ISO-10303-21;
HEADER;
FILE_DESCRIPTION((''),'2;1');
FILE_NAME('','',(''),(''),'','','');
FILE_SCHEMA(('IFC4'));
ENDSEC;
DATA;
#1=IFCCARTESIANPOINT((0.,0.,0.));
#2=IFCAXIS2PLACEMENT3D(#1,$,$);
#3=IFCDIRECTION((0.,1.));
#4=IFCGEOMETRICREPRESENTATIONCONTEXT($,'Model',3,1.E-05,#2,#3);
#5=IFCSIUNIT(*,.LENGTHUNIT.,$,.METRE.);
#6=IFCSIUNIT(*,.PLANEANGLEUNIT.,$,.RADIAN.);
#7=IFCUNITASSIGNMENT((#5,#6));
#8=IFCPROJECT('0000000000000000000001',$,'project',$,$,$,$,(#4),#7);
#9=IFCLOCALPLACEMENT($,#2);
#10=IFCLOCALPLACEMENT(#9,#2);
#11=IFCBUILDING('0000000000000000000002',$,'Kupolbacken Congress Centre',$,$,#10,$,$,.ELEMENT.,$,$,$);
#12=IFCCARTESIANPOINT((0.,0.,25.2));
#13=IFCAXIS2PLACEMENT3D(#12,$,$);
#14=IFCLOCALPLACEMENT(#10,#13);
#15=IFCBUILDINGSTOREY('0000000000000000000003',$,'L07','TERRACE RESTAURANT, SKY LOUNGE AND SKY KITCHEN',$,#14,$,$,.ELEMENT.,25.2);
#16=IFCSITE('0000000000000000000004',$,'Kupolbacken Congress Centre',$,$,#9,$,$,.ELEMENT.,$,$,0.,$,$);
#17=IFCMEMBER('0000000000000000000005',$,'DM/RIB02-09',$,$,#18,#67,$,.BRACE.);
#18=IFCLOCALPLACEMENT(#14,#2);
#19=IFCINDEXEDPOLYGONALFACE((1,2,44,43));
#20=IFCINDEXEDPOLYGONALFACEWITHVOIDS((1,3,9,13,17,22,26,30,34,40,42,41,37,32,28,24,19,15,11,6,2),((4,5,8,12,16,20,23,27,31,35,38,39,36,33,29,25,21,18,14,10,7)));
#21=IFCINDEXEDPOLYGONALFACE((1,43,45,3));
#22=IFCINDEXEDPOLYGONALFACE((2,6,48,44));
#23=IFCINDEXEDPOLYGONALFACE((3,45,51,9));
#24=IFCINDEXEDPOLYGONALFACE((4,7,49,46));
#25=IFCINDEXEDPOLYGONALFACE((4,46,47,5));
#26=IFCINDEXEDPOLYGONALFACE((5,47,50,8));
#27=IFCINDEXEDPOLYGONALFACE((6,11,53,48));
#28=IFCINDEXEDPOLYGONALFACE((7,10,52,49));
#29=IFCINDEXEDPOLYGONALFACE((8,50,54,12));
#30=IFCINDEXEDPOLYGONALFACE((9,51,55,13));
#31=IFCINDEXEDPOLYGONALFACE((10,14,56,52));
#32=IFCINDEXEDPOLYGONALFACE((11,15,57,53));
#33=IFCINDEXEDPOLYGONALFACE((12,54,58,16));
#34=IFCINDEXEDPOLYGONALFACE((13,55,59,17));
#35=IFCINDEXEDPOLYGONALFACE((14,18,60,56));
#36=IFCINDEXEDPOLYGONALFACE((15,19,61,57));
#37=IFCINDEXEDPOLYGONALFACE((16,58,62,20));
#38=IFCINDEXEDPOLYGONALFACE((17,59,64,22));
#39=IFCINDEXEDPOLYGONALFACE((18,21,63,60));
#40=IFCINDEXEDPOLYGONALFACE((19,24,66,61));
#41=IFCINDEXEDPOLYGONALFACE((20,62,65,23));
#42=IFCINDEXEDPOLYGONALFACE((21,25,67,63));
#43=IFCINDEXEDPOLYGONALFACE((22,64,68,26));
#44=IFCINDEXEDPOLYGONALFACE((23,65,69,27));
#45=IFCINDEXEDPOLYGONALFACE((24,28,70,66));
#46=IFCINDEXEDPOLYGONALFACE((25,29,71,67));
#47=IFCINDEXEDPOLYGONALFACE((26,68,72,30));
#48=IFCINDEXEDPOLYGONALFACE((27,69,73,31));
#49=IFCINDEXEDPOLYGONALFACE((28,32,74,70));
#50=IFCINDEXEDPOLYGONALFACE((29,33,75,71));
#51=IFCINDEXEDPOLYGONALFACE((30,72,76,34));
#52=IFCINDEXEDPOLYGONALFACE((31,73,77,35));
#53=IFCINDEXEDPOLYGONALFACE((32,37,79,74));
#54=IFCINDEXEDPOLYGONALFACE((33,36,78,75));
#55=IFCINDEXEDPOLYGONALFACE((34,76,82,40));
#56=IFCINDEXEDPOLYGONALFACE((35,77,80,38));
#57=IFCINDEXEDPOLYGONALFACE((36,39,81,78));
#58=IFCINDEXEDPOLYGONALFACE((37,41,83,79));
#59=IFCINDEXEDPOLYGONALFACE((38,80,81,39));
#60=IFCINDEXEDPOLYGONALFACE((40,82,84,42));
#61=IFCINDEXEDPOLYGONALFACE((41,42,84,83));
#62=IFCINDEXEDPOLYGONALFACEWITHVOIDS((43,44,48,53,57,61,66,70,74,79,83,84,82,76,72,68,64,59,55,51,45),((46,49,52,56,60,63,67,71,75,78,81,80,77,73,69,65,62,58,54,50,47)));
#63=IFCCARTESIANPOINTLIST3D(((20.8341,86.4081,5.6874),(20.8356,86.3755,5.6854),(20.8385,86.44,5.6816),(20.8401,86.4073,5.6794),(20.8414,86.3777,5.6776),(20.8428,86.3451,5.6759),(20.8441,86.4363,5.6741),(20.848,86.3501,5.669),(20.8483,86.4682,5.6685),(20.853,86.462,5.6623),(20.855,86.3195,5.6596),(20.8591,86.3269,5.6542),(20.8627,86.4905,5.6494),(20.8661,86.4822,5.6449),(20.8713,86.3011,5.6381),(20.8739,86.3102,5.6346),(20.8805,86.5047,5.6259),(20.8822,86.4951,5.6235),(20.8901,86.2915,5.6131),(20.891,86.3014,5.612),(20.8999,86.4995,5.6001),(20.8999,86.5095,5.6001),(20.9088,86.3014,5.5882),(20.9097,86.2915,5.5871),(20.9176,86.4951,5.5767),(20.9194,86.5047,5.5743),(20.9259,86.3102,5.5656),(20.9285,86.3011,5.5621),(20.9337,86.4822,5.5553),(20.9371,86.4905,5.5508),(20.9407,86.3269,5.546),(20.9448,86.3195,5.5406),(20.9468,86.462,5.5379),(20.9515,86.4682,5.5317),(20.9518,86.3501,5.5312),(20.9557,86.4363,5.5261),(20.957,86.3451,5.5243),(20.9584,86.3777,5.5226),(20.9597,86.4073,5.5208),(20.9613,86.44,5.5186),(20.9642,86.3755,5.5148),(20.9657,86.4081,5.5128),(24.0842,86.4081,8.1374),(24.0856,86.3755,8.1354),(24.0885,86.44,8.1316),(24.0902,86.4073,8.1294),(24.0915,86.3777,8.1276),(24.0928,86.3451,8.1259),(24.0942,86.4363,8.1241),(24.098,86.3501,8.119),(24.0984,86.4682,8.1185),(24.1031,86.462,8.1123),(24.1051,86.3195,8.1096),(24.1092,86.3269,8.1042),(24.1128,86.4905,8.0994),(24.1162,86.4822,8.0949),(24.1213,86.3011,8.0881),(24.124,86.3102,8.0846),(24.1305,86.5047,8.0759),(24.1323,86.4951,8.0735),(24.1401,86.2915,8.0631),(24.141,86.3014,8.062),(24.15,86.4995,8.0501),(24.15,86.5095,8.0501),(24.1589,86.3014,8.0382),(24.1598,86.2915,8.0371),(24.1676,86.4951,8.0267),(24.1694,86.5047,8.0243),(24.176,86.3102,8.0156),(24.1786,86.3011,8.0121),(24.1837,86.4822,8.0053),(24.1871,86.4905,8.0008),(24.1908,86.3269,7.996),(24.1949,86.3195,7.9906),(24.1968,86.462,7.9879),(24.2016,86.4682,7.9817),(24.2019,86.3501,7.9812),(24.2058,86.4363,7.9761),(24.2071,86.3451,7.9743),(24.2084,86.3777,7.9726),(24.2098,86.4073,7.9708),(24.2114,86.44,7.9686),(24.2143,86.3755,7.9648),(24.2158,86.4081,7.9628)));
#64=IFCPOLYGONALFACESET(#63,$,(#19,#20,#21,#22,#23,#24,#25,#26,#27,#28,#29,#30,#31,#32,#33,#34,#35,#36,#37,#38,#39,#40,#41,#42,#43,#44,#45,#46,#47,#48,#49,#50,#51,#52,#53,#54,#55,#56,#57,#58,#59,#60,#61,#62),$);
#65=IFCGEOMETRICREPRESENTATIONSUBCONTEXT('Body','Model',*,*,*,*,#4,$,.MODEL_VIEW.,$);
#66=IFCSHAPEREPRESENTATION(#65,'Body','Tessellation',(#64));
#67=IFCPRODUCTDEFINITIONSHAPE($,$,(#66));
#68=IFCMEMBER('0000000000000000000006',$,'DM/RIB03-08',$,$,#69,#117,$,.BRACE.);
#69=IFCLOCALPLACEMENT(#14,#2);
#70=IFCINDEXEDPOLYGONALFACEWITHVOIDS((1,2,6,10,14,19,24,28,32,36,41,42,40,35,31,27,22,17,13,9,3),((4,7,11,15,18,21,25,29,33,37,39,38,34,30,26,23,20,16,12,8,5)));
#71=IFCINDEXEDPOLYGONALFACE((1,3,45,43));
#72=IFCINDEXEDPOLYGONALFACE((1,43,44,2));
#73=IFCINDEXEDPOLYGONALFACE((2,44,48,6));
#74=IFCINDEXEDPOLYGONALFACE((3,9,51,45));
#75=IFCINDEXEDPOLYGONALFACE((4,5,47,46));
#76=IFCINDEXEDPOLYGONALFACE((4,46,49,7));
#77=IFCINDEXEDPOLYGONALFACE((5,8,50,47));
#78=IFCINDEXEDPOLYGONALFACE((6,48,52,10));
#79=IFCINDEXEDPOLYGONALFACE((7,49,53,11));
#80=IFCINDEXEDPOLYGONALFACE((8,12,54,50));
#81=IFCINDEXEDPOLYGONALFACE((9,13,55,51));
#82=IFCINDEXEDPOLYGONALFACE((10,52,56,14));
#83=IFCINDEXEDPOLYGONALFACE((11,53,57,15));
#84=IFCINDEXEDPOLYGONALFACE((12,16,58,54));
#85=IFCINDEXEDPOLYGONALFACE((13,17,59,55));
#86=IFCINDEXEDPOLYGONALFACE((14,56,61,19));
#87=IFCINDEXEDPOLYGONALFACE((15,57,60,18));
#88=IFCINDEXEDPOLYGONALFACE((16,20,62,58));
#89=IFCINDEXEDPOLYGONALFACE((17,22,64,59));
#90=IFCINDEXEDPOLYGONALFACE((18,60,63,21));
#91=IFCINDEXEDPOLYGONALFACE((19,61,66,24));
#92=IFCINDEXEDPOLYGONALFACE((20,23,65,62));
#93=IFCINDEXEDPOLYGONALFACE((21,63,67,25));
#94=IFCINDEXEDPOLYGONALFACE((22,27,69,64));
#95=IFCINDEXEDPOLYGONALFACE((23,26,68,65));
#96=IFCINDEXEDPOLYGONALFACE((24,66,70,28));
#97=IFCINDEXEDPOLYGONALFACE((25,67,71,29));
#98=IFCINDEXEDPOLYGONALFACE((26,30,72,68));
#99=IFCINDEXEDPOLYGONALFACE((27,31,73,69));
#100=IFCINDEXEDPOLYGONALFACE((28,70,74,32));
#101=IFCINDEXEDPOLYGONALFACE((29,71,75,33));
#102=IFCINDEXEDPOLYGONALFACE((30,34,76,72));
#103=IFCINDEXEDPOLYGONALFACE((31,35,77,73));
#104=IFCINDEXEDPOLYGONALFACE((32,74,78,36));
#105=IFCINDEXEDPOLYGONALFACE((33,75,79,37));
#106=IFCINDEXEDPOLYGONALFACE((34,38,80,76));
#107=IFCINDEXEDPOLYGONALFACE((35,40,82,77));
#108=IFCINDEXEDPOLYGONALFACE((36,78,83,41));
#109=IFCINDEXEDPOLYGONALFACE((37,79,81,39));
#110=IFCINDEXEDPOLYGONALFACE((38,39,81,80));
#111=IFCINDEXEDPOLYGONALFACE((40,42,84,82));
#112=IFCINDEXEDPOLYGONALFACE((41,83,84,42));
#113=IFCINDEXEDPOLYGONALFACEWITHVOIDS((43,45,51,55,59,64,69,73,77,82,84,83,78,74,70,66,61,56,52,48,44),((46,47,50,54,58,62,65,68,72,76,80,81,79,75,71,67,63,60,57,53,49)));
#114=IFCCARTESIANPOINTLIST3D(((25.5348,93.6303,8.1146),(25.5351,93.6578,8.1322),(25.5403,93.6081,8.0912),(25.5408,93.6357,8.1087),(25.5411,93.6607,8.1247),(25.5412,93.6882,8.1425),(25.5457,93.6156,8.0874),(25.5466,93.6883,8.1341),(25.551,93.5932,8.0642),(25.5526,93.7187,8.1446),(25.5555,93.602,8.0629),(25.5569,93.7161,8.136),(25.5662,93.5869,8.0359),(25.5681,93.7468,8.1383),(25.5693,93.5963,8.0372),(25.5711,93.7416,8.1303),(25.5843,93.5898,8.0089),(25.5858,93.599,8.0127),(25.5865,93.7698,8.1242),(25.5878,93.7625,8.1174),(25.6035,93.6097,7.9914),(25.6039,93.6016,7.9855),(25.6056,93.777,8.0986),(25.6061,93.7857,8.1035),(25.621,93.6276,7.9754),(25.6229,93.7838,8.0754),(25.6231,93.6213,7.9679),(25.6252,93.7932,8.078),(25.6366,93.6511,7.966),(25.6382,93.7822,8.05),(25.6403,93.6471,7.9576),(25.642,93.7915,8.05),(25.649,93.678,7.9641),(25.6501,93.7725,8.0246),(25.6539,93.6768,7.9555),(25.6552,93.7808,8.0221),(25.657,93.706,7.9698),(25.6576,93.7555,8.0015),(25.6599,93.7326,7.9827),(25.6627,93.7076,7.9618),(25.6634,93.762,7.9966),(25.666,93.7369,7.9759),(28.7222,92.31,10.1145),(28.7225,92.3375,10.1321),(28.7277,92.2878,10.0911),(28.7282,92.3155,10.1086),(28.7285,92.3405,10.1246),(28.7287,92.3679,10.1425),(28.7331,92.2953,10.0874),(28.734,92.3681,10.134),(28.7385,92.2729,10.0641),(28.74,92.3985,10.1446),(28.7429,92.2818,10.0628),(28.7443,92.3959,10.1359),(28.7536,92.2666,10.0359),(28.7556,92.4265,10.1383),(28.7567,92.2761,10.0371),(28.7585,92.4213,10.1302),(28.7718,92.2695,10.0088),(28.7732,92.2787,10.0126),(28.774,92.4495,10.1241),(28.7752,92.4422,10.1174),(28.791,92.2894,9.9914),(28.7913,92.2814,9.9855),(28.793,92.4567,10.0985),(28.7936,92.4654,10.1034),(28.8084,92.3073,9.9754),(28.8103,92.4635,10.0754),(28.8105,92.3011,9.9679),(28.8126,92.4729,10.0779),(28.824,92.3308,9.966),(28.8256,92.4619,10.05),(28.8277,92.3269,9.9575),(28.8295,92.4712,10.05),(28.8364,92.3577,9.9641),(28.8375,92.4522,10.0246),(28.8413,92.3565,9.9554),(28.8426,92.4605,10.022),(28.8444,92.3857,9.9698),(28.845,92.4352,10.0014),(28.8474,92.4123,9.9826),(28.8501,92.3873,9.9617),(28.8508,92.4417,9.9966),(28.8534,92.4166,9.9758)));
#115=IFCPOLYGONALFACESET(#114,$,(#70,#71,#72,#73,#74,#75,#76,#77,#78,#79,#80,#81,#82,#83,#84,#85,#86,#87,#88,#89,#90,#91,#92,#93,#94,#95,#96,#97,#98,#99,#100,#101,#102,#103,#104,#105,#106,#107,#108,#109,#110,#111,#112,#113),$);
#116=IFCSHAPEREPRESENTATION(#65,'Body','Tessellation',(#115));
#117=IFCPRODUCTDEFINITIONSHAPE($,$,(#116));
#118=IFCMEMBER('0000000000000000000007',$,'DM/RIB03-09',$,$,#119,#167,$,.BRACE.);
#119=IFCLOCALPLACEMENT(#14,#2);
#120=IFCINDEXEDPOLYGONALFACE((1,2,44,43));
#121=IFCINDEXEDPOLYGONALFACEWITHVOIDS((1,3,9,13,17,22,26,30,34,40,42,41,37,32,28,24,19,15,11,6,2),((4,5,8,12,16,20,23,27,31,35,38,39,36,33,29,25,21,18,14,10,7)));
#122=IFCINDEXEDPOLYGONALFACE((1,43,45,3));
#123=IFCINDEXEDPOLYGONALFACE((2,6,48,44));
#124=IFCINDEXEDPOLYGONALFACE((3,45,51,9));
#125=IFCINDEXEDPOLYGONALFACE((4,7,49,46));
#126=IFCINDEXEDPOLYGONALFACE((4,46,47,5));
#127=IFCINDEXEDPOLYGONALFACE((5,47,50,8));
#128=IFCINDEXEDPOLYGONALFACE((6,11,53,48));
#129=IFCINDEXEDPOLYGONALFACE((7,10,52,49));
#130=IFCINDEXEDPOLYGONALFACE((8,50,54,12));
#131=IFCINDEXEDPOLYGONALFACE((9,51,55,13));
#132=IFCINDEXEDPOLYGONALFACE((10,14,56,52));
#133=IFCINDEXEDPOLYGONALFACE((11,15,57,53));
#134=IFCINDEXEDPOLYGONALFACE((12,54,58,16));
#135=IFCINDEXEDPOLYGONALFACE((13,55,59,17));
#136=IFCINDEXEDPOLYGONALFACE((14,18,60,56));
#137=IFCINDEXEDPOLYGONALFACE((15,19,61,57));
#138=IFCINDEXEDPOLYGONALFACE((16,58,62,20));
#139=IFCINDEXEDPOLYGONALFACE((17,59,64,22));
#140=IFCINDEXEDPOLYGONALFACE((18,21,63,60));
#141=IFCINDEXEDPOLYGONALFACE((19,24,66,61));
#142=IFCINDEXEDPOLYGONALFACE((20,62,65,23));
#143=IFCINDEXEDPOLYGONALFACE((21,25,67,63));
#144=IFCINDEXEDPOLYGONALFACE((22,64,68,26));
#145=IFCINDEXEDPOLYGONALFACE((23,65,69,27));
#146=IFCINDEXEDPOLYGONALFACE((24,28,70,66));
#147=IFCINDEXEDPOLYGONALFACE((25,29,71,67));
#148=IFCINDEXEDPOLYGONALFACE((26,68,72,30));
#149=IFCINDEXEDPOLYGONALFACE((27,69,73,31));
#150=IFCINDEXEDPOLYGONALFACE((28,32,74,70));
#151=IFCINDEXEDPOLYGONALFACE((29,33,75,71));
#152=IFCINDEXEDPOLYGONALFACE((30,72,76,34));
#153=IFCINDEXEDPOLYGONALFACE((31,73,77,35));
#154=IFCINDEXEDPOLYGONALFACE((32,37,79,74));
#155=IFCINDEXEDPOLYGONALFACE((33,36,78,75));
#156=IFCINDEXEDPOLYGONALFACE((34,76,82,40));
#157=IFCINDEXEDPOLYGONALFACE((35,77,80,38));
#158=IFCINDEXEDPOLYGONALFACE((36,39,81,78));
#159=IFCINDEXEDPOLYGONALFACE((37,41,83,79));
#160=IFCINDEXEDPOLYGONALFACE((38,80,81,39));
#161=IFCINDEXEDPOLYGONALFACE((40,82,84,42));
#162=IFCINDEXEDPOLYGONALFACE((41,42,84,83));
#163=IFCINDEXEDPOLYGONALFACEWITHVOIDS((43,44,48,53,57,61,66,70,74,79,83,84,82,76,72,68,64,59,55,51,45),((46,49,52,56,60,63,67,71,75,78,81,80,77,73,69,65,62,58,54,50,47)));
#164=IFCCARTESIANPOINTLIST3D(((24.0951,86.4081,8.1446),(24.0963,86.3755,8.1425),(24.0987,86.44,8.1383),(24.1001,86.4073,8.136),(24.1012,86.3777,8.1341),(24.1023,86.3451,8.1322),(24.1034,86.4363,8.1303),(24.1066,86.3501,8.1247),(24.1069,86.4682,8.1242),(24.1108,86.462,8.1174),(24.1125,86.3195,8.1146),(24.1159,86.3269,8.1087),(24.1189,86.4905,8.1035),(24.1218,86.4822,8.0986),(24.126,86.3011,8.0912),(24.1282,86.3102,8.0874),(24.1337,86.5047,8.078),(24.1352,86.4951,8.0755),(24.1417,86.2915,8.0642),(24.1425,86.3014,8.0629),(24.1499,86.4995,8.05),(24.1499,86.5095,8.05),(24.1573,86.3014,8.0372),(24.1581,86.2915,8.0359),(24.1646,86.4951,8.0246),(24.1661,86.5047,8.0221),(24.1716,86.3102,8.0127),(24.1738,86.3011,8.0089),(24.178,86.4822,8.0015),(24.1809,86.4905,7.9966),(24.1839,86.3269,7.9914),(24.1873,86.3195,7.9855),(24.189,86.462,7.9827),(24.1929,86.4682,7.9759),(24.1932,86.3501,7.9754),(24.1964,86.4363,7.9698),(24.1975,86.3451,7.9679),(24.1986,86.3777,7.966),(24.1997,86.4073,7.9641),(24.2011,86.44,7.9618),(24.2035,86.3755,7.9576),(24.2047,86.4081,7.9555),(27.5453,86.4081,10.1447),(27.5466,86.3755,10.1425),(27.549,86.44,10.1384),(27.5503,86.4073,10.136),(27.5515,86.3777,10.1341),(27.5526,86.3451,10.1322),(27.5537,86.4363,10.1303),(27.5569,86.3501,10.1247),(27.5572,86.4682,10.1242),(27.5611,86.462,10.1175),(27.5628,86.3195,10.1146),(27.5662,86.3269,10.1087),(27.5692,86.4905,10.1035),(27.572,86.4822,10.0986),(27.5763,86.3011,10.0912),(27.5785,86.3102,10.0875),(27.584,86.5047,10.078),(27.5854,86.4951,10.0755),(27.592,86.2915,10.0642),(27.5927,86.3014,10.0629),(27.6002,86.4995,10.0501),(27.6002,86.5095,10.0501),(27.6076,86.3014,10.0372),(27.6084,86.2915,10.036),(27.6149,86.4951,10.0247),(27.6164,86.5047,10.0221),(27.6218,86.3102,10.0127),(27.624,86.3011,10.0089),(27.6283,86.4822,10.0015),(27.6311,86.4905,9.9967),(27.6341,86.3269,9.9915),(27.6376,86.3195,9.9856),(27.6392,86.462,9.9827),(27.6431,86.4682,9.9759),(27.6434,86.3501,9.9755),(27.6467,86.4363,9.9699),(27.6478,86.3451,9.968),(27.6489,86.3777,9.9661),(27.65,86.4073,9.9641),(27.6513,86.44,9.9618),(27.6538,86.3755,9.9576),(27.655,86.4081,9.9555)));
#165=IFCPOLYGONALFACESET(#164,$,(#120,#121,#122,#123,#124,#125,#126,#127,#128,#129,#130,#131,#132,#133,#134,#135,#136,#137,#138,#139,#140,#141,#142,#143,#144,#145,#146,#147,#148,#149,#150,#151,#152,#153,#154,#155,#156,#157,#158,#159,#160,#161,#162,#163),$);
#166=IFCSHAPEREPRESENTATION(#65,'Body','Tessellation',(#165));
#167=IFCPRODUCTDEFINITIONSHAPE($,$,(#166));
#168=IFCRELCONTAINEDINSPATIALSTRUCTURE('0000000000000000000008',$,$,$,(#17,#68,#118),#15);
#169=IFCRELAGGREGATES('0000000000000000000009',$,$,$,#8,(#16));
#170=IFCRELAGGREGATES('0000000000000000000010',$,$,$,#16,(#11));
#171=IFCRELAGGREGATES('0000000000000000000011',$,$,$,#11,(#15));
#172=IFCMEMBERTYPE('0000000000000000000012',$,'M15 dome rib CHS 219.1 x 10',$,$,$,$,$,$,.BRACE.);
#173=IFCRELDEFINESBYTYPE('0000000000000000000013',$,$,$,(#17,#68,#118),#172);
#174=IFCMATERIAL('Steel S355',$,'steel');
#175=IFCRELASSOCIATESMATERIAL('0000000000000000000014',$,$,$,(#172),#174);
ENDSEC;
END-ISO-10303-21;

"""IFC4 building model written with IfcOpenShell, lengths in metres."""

from ifc_helpers import new_model, si_unit, direction, frame, origin, origin_2d, place, context, subcontext, project, spatial, hollow_circle, extrude, material, material_profile, profile_set, type_object, element, save


model = new_model("IFC4")

# Units and contexts
model_context = context("Model", 3, precision=1e-05, world=origin(), true_north=direction((0.0, 1.0)))
body_context = subcontext(model_context, "Body", "Model", "MODEL_VIEW")
ifc_project = project(units=[si_unit("LENGTHUNIT", "METRE"), si_unit("PLANEANGLEUNIT", "RADIAN")], contexts=[model_context])

# Site, building, storey
site_placement = place(None, origin())
site = spatial("IfcSite", under=ifc_project, at=site_placement, Name="Kupolbacken Congress Centre", CompositionType="ELEMENT", RefElevation=0.0)
building_placement = place(site_placement, origin())
building = spatial("IfcBuilding", under=site, at=building_placement, Name="Kupolbacken Congress Centre", CompositionType="ELEMENT")
storey_placement = place(building_placement, frame((0.0, 0.0, 25.2)))
storey = spatial("IfcBuildingStorey", under=building, at=storey_placement, Name="L07", Description="TERRACE RESTAURANT, SKY LOUNGE AND SKY KITCHEN", CompositionType="ELEMENT", Elevation=25.2)

# Members
ifc_material_1 = material(Name="Steel S355", Category="steel")
ifc_material_profile_1 = material_profile(ifc_material_1, hollow_circle(Radius=0.1096, WallThickness=0.01, at=origin_2d()), Name="CHS 219.1 x 10")
ifc_profile_set_1 = profile_set([ifc_material_profile_1], Name="Steel S355")
member_type_1 = type_object("IfcMemberType", Name="M15 dome rib CHS 219.1 x 10", PredefinedType="BRACE", material=ifc_profile_set_1)
member_1_placement = place(storey_placement, frame((20.8999, 86.3999, 5.6001), z_axis=(0.798529, 0.0, 0.601956), x_axis=(0.0, 1.0, 0.0)))
element("IfcMember", 1, at=member_1_placement, inside=storey, type_object=member_type_1, Name="DM/RIB02-09", PredefinedType="BRACE", context=body_context, shape_type="SweptSolid", body=[
    extrude(hollow_circle(Radius=0.1096, WallThickness=0.01, at=origin_2d()), origin(), (0.0, 0.0, 1.0), 4.0701),
])
member_2_placement = place(storey_placement, frame((25.6001, 93.6902, 8.05), z_axis=(0.799292, -0.331079, 0.501517), x_axis=(0.382685, 0.923879, 0.0)))
element("IfcMember", 2, at=member_2_placement, inside=storey, type_object=member_type_1, Name="DM/RIB03-08", PredefinedType="BRACE", context=body_context, shape_type="SweptSolid", body=[
    extrude(hollow_circle(Radius=0.1096, WallThickness=0.01, at=origin_2d()), origin(), (0.0, 0.0, 1.0), 3.9878),
])
member_3_placement = place(storey_placement, frame((24.1499, 86.3999, 8.05), z_axis=(0.865152, 0.0, 0.501509), x_axis=(0.0, 1.0, 0.0)))
element("IfcMember", 3, at=member_3_placement, inside=storey, type_object=member_type_1, Name="DM/RIB03-09", PredefinedType="BRACE", context=body_context, shape_type="SweptSolid", body=[
    extrude(hollow_circle(Radius=0.1096, WallThickness=0.01, at=origin_2d()), origin(), (0.0, 0.0, 1.0), 3.988),
])

save(model, "model.ifc")
